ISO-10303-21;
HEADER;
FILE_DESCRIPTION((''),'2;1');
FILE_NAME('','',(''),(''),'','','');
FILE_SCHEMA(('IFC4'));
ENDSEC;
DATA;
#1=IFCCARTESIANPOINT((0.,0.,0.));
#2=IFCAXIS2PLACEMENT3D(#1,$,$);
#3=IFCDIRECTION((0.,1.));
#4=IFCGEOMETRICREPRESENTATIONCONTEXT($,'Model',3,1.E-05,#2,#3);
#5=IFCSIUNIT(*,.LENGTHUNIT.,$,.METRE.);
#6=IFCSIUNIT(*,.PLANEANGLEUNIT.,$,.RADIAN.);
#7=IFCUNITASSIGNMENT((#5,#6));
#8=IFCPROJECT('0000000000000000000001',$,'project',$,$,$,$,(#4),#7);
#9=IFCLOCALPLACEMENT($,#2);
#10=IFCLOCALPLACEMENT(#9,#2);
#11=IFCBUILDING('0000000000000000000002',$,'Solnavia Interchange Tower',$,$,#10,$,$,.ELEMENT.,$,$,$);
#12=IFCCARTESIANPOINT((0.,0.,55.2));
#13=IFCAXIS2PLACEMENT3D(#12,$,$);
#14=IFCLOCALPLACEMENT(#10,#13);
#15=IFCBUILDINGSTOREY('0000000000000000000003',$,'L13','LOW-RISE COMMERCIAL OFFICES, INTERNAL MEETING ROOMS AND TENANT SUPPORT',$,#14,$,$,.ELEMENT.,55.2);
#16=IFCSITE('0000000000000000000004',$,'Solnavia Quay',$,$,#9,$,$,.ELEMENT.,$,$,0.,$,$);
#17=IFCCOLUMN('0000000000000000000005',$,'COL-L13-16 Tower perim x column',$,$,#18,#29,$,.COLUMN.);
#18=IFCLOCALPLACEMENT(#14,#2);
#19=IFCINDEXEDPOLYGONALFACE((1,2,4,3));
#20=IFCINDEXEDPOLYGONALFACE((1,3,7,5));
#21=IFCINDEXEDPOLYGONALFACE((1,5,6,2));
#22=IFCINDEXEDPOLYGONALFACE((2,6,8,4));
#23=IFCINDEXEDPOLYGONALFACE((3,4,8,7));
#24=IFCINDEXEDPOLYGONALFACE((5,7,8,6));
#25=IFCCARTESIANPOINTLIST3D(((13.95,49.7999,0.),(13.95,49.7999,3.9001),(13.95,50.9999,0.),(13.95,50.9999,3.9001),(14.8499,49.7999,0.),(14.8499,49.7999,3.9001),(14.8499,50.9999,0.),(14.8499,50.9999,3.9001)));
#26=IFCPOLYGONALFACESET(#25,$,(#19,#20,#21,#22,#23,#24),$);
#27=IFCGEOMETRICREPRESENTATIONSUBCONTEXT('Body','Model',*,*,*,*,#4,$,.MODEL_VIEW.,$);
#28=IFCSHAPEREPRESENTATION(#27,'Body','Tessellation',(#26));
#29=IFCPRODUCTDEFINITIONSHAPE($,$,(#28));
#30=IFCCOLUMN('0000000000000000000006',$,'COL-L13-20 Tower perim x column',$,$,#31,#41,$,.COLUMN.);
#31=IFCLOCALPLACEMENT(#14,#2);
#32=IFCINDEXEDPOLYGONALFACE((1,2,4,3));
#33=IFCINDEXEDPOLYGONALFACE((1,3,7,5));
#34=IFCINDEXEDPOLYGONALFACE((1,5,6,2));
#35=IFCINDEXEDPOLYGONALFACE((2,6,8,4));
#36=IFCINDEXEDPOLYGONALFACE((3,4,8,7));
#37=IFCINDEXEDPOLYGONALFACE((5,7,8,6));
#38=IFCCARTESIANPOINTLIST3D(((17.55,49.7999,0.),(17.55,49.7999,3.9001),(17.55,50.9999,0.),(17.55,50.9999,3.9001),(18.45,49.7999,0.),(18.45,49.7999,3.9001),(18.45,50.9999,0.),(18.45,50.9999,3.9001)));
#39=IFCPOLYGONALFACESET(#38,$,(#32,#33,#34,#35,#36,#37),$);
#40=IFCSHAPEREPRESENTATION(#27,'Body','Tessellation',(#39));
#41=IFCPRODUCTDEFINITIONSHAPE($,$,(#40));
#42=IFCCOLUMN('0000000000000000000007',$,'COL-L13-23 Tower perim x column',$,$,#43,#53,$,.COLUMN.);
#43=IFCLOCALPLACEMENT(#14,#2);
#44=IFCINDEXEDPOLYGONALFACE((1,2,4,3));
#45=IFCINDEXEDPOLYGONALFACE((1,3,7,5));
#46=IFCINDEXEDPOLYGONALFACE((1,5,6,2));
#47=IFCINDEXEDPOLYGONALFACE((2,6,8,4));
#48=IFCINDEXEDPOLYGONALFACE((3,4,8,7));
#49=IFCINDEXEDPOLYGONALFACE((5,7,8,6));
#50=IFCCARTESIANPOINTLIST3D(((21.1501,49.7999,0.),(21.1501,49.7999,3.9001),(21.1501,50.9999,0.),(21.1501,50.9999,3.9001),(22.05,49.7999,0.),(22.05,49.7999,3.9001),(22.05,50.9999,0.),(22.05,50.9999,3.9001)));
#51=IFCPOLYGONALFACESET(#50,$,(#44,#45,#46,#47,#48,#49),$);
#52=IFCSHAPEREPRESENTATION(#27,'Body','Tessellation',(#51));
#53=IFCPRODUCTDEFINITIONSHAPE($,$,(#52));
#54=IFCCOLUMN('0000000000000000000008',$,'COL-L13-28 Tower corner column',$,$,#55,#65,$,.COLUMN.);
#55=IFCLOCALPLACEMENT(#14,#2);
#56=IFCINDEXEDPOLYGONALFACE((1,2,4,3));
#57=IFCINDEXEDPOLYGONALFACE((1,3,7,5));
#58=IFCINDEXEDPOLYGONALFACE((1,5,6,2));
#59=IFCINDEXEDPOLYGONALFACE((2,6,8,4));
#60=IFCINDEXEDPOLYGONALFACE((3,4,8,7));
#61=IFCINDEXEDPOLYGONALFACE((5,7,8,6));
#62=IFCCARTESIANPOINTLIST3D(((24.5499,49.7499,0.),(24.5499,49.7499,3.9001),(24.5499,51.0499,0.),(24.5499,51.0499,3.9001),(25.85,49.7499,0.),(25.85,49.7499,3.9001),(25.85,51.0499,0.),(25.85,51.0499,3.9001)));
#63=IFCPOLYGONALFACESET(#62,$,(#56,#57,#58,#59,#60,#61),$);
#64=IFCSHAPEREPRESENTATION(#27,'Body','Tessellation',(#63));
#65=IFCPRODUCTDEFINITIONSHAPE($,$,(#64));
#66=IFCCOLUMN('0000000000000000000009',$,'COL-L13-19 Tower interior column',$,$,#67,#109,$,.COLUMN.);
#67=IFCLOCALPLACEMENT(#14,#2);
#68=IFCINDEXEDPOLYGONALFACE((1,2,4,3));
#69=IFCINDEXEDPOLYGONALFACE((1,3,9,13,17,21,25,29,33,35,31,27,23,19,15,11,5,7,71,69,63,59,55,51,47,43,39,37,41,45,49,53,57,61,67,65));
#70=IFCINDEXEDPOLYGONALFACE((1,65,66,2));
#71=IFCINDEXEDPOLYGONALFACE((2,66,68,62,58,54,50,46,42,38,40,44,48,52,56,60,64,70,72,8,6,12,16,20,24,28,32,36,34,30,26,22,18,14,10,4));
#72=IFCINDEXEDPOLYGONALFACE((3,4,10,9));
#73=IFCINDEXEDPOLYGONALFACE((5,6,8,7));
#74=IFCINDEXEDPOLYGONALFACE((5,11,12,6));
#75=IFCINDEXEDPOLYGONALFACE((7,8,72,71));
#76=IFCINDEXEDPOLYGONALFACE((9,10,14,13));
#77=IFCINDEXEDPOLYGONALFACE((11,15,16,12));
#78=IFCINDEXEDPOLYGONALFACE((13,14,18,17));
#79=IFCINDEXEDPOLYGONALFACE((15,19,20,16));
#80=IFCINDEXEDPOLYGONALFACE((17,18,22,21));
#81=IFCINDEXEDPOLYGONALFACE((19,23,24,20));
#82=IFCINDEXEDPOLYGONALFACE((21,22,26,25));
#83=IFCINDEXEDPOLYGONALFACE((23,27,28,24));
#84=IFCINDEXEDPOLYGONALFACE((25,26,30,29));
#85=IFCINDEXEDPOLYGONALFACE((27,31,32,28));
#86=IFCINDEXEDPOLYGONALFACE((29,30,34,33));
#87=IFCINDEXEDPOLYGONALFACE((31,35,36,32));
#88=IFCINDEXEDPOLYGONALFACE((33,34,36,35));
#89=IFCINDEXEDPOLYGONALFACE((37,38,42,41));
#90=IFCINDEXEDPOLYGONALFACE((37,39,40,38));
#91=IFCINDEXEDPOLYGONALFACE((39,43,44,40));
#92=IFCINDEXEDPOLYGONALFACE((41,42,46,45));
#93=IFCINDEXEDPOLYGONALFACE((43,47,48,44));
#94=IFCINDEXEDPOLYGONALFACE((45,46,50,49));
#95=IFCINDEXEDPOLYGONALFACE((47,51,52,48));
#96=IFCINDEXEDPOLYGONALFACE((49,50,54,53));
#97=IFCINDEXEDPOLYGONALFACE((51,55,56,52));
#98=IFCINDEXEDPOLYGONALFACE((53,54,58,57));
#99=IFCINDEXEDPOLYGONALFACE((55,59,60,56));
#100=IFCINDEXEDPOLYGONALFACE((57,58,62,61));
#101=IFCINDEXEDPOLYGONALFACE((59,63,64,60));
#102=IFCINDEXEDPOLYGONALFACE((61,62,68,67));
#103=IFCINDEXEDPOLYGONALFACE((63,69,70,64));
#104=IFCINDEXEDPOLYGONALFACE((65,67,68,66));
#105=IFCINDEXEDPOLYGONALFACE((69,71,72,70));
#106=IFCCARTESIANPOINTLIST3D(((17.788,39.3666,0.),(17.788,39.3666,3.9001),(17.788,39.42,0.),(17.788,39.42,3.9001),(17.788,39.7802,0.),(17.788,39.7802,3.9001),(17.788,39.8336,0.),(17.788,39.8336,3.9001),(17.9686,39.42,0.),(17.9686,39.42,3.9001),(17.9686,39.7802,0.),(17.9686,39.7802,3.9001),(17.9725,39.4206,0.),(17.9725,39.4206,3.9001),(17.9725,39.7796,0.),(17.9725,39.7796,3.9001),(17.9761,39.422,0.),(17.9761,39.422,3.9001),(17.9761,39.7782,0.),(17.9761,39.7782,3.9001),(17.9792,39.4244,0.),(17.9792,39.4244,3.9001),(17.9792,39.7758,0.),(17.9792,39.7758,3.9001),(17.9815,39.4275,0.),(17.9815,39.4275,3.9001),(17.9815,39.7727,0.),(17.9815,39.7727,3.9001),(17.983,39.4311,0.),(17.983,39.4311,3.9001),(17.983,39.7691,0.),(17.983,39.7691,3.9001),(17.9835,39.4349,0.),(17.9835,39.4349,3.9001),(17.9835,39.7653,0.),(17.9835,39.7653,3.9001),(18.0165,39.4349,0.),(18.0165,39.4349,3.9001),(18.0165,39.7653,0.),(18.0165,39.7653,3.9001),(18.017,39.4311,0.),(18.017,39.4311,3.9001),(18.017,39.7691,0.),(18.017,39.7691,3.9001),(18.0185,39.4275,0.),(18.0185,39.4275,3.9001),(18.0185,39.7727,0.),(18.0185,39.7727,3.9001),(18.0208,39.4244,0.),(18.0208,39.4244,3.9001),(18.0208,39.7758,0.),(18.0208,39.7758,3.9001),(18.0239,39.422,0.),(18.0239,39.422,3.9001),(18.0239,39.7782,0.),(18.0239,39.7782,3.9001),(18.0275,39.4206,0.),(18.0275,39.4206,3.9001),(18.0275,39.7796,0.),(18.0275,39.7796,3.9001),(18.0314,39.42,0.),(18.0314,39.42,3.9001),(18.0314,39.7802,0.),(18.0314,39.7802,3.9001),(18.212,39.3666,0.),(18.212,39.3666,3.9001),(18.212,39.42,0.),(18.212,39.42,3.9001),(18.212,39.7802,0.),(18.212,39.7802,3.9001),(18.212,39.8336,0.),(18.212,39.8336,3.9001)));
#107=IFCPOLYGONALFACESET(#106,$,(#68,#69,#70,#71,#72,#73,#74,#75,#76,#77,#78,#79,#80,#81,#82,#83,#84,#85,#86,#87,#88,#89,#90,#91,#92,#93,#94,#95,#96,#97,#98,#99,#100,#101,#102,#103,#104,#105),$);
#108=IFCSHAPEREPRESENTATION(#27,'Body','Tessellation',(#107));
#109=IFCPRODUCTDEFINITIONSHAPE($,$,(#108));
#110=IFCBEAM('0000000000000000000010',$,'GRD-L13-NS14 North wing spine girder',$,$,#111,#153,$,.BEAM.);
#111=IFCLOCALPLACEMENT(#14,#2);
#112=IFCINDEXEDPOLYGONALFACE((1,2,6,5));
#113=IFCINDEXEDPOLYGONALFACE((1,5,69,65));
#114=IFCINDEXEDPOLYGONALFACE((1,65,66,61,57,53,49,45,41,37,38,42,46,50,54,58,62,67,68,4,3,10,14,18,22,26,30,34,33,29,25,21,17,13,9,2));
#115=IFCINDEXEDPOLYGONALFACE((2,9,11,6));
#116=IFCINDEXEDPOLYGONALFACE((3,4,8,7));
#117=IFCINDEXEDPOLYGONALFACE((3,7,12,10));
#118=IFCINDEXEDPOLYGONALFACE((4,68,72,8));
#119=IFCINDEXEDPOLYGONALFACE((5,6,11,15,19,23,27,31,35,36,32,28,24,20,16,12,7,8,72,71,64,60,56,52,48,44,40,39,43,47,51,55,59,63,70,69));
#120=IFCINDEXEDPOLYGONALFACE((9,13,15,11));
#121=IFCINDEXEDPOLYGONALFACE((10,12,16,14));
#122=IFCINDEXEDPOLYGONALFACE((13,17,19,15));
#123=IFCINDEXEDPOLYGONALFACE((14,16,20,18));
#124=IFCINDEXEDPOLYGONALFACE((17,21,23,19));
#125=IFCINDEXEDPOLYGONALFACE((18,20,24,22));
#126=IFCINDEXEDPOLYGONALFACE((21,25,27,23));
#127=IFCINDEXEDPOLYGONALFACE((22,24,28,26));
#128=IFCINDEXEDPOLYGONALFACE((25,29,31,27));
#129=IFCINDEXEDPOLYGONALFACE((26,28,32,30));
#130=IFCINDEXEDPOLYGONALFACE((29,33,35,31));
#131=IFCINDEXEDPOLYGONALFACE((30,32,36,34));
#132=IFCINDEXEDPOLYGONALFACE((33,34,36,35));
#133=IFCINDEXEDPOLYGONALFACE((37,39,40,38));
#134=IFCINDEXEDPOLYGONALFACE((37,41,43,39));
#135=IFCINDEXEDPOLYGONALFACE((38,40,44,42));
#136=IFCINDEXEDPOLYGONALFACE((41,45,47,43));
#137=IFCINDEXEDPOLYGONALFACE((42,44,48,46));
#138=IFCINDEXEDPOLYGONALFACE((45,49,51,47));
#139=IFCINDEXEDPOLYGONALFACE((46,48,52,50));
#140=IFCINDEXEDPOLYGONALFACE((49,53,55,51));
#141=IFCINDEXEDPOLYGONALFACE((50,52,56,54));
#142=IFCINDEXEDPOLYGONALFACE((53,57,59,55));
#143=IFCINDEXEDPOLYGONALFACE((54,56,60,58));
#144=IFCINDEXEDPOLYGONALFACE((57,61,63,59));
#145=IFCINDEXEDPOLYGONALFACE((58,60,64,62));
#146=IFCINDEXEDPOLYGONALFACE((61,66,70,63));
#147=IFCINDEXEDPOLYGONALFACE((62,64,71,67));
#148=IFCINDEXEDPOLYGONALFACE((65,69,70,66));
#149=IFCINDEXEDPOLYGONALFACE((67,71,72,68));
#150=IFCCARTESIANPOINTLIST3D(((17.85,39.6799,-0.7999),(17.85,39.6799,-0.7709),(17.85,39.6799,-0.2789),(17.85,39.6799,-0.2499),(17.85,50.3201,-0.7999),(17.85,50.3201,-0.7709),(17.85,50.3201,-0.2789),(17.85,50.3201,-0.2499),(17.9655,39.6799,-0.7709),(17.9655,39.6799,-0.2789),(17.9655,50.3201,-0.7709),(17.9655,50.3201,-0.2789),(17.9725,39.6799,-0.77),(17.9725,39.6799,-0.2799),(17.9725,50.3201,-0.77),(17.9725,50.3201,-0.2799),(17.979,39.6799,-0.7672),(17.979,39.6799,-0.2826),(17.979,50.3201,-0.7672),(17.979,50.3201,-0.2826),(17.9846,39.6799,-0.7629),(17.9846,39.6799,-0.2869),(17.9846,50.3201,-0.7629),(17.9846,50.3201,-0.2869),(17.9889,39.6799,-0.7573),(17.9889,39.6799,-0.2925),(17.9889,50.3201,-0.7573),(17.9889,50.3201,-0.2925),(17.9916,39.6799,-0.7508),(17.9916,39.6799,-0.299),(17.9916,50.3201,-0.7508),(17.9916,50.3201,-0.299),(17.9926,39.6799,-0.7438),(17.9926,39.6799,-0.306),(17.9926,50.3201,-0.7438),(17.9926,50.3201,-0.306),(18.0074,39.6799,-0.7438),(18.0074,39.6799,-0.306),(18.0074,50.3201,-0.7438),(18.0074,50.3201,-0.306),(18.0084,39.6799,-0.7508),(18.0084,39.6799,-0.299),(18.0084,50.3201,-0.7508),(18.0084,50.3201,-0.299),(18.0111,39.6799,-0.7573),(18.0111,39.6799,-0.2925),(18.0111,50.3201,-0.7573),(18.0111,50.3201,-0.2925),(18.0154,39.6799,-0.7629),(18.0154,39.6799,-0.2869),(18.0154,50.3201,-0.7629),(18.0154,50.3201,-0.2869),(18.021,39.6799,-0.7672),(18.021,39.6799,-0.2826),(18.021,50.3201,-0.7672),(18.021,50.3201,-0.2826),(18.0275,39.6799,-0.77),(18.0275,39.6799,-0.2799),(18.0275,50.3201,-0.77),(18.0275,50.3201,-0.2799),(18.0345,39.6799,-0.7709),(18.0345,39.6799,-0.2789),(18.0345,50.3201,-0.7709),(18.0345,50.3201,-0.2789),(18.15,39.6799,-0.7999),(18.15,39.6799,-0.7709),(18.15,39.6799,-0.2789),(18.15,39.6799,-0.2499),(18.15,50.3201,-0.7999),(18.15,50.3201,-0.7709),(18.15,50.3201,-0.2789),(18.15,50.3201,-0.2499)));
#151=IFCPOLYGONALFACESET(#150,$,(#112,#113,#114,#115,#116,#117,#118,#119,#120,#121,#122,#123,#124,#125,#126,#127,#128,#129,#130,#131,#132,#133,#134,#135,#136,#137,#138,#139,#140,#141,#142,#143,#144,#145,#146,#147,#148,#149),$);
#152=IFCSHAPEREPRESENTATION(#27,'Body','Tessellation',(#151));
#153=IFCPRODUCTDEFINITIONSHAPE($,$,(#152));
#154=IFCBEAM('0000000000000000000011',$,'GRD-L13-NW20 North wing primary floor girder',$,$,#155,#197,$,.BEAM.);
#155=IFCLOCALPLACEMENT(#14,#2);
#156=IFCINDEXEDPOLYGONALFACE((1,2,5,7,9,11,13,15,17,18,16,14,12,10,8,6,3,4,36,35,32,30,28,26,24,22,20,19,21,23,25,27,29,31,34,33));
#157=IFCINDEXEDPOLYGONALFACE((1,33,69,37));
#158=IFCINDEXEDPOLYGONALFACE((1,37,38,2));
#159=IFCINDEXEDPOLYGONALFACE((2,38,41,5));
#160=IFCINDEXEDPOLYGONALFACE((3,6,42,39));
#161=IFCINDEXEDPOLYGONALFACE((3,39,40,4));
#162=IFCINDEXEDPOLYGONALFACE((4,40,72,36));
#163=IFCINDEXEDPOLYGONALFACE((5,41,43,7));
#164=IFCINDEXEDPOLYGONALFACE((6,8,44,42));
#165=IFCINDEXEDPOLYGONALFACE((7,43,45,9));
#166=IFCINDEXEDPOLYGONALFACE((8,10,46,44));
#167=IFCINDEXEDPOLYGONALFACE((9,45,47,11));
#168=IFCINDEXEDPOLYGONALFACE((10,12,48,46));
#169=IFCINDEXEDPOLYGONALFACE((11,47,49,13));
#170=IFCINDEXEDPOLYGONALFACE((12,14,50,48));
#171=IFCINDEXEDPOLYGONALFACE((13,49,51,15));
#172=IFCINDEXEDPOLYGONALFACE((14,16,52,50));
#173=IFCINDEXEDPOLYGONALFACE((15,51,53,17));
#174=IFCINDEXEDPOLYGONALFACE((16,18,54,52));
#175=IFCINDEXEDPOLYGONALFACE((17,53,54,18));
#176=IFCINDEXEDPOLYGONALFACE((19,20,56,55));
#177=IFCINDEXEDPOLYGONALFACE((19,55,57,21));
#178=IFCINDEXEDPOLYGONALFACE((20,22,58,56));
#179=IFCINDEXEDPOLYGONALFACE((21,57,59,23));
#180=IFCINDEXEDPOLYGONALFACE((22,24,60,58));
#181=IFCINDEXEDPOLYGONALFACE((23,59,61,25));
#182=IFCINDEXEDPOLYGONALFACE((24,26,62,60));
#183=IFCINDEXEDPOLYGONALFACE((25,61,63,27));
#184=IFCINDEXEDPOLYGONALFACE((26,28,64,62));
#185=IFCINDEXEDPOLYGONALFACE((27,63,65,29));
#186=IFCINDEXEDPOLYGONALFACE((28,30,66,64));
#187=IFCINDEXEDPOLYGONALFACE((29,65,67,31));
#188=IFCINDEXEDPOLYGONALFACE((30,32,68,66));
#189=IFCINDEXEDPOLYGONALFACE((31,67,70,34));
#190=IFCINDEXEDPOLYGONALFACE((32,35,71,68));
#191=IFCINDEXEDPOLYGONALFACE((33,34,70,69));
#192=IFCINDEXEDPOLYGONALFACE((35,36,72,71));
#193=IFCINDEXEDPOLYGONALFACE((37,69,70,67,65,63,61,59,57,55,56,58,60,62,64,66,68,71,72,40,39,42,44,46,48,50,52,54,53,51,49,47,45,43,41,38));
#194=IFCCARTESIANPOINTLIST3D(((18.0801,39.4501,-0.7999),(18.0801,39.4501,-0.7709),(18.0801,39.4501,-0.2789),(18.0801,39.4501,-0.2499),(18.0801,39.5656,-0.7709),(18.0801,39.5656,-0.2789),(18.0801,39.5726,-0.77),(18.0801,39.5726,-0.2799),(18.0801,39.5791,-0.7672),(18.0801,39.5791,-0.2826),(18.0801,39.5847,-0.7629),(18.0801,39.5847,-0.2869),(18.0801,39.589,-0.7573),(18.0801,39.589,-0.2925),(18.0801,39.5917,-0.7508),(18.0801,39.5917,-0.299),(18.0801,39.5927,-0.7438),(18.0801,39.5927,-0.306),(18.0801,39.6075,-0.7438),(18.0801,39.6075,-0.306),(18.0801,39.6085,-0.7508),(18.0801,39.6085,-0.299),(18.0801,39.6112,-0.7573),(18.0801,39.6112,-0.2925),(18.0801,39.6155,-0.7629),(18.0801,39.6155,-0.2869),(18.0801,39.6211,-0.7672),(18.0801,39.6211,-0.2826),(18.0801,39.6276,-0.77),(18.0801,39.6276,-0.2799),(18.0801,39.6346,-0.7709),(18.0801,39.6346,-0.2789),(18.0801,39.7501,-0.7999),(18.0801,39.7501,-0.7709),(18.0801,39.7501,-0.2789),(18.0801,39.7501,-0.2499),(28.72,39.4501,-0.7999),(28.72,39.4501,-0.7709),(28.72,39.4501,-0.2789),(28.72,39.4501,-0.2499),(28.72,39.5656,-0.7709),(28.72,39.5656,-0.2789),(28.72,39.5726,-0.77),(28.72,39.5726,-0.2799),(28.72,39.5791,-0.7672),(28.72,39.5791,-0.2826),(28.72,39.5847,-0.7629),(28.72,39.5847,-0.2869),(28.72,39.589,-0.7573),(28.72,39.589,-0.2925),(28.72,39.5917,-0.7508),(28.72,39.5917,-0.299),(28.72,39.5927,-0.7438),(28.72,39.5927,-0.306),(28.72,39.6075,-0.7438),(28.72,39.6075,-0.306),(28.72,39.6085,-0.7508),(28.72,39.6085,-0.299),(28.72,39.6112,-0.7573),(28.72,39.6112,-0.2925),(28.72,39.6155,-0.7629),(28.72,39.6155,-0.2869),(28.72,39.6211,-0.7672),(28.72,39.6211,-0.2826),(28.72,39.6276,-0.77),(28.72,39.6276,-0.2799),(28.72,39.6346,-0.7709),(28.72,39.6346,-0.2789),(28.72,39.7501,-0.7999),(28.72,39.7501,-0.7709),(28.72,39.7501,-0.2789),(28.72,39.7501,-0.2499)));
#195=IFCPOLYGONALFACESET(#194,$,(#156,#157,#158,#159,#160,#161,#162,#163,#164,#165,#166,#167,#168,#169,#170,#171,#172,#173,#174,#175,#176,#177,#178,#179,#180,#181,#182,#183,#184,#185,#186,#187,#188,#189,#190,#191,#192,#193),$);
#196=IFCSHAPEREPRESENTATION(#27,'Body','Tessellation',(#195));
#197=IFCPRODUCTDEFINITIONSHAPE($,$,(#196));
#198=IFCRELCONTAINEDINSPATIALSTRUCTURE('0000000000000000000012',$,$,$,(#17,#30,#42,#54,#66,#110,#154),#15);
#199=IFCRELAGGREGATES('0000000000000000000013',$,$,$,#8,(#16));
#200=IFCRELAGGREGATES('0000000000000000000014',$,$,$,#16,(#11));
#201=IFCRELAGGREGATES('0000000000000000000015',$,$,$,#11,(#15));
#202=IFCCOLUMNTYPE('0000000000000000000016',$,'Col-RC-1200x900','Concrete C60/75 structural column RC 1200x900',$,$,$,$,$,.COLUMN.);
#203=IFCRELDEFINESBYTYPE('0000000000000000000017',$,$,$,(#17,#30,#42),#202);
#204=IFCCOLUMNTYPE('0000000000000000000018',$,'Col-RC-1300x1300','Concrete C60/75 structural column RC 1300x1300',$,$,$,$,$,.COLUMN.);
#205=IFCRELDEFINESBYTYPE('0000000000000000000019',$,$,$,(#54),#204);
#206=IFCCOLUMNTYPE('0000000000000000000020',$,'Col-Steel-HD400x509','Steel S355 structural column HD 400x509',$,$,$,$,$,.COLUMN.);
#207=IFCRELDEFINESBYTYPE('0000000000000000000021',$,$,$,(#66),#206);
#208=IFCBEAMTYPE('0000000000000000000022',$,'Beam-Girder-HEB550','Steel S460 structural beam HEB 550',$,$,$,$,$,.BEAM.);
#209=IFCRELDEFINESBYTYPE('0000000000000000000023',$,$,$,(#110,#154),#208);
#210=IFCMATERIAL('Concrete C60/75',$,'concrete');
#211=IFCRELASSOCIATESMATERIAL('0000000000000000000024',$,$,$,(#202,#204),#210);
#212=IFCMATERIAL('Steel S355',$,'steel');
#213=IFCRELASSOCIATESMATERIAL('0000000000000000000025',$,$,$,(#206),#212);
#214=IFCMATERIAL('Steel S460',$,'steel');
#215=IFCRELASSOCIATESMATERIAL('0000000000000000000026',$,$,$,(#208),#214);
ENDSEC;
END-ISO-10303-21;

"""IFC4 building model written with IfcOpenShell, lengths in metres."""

from ifc_helpers import new_model, si_unit, direction, frame, origin, origin_2d, place, context, subcontext, project, spatial, rectangle, i_section, extrude, material, material_profile, profile_set, type_object, element, save


model = new_model("IFC4")

# Units and contexts
model_context = context("Model", 3, precision=1e-05, world=origin(), true_north=direction((0.0, 1.0)))
body_context = subcontext(model_context, "Body", "Model", "MODEL_VIEW")
ifc_project = project(units=[si_unit("LENGTHUNIT", "METRE"), si_unit("PLANEANGLEUNIT", "RADIAN")], contexts=[model_context])

# Site, building, storey
site_placement = place(None, origin())
site = spatial("IfcSite", under=ifc_project, at=site_placement, Name="Solnavia Quay", CompositionType="ELEMENT", RefElevation=0.0)
building_placement = place(site_placement, origin())
building = spatial("IfcBuilding", under=site, at=building_placement, Name="Solnavia Interchange Tower", CompositionType="ELEMENT")
storey_placement = place(building_placement, frame((0.0, 0.0, 55.2)))
storey = spatial("IfcBuildingStorey", under=building, at=storey_placement, Name="L13", Description="LOW-RISE COMMERCIAL OFFICES, INTERNAL MEETING ROOMS AND TENANT SUPPORT", CompositionType="ELEMENT", Elevation=55.2)

# Columns
ifc_material_1 = material(Name="Concrete C60/75", Category="concrete")
ifc_material_profile_1 = material_profile(ifc_material_1, rectangle(XDim=0.8999, YDim=1.2, at=origin_2d()), Name="RC 1200x900")
ifc_profile_set_1 = profile_set([ifc_material_profile_1], Name="Concrete C60/75")
column_type_1 = type_object("IfcColumnType", Name="Col-RC-1200x900", Description="Concrete C60/75 structural column RC 1200x900", PredefinedType="COLUMN", material=ifc_profile_set_1)
for number, where, z_axis, x_axis, name in (
    (1, (14.3999, 50.3999, 0.0), (0.0, 0.0, 1.0), (1.0, 0.0, 0.0), "COL-L13-16 Tower perim x column"),
    (2, (18.0, 50.3999, 0.0), (0.0, 0.0, 1.0), (1.0, 0.0, 0.0), "COL-L13-20 Tower perim x column"),
    (3, (21.6001, 50.3999, 0.0), (0.0, 0.0, 1.0), (1.0, 0.0, 0.0), "COL-L13-23 Tower perim x column"),
):
    element("IfcColumn", number, at=place(storey_placement, frame(where, z_axis=z_axis, x_axis=x_axis)), inside=storey, type_object=column_type_1, Name=name, PredefinedType="COLUMN", context=body_context, shape_type="SweptSolid", body=[
        extrude(rectangle(XDim=0.8999, YDim=1.2, at=origin_2d()), origin(), (0.0, 0.0, 1.0), 3.9001),
    ])
ifc_material_profile_2 = material_profile(ifc_material_1, rectangle(XDim=1.3, YDim=1.3, at=origin_2d()), Name="RC 1300x1300")
ifc_profile_set_2 = profile_set([ifc_material_profile_2], Name="Concrete C60/75")
column_type_2 = type_object("IfcColumnType", Name="Col-RC-1300x1300", Description="Concrete C60/75 structural column RC 1300x1300", PredefinedType="COLUMN", material=ifc_profile_set_2)
column_1_placement = place(storey_placement, frame((25.2, 50.3999, 0.0), z_axis=(0.0, 0.0, 1.0), x_axis=(1.0, 0.0, 0.0)))
element("IfcColumn", 4, at=column_1_placement, inside=storey, type_object=column_type_2, Name="COL-L13-28 Tower corner column", PredefinedType="COLUMN", context=body_context, shape_type="SweptSolid", body=[
    extrude(rectangle(XDim=1.3, YDim=1.3, at=origin_2d()), origin(), (0.0, 0.0, 1.0), 3.9001),
])
ifc_material_2 = material(Name="Steel S355", Category="steel")
ifc_material_profile_3 = material_profile(ifc_material_2, i_section(OverallWidth=0.4241, OverallDepth=0.467, WebThickness=0.033, FlangeThickness=0.0535, FilletRadius=0.0149, at=origin_2d()), Name="HD 400x509")
ifc_profile_set_3 = profile_set([ifc_material_profile_3], Name="Steel S355")
column_type_3 = type_object("IfcColumnType", Name="Col-Steel-HD400x509", Description="Steel S355 structural column HD 400x509", PredefinedType="COLUMN", material=ifc_profile_set_3)
column_2_placement = place(storey_placement, frame((18.0, 39.6001, 0.0), z_axis=(0.0, 0.0, 1.0), x_axis=(1.0, 0.0, 0.0)))
element("IfcColumn", 5, at=column_2_placement, inside=storey, type_object=column_type_3, Name="COL-L13-19 Tower interior column", PredefinedType="COLUMN", context=body_context, shape_type="SweptSolid", body=[
    extrude(i_section(OverallWidth=0.4241, OverallDepth=0.467, WebThickness=0.033, FlangeThickness=0.0535, FilletRadius=0.0149, at=origin_2d()), origin(), (0.0, 0.0, 1.0), 3.9001),
])

# Beams
ifc_material_3 = material(Name="Steel S460", Category="steel")
ifc_material_profile_4 = material_profile(ifc_material_3, i_section(OverallWidth=0.3, OverallDepth=0.55, WebThickness=0.0149, FlangeThickness=0.0291, FilletRadius=0.0271, at=origin_2d()), Name="HEB 550")
ifc_profile_set_4 = profile_set([ifc_material_profile_4], Name="Steel S460")
beam_type_1 = type_object("IfcBeamType", Name="Beam-Girder-HEB550", Description="Steel S460 structural beam HEB 550", PredefinedType="BEAM", material=ifc_profile_set_4)
beam_1_placement = place(storey_placement, frame((18.0, 39.6799, -0.5249), z_axis=(0.0, 1.0, 0.0), x_axis=(-1.0, 0.0, 0.0)))
element("IfcBeam", 6, at=beam_1_placement, inside=storey, type_object=beam_type_1, Name="GRD-L13-NS14 North wing spine girder", PredefinedType="BEAM", context=body_context, shape_type="SweptSolid", body=[
    extrude(i_section(OverallWidth=0.3, OverallDepth=0.55, WebThickness=0.0149, FlangeThickness=0.0291, FilletRadius=0.0271, at=origin_2d()), origin(), (0.0, 0.0, 1.0), 10.6401),
])
beam_2_placement = place(storey_placement, frame((18.0801, 39.6001, -0.5249), z_axis=(1.0, 0.0, 0.0), x_axis=(0.0, 1.0, 0.0)))
element("IfcBeam", 7, at=beam_2_placement, inside=storey, type_object=beam_type_1, Name="GRD-L13-NW20 North wing primary floor girder", PredefinedType="BEAM", context=body_context, shape_type="SweptSolid", body=[
    extrude(i_section(OverallWidth=0.3, OverallDepth=0.55, WebThickness=0.0149, FlangeThickness=0.0291, FilletRadius=0.0271, at=origin_2d()), origin(), (0.0, 0.0, 1.0), 10.6399),
])

save(model, "model.ifc")
